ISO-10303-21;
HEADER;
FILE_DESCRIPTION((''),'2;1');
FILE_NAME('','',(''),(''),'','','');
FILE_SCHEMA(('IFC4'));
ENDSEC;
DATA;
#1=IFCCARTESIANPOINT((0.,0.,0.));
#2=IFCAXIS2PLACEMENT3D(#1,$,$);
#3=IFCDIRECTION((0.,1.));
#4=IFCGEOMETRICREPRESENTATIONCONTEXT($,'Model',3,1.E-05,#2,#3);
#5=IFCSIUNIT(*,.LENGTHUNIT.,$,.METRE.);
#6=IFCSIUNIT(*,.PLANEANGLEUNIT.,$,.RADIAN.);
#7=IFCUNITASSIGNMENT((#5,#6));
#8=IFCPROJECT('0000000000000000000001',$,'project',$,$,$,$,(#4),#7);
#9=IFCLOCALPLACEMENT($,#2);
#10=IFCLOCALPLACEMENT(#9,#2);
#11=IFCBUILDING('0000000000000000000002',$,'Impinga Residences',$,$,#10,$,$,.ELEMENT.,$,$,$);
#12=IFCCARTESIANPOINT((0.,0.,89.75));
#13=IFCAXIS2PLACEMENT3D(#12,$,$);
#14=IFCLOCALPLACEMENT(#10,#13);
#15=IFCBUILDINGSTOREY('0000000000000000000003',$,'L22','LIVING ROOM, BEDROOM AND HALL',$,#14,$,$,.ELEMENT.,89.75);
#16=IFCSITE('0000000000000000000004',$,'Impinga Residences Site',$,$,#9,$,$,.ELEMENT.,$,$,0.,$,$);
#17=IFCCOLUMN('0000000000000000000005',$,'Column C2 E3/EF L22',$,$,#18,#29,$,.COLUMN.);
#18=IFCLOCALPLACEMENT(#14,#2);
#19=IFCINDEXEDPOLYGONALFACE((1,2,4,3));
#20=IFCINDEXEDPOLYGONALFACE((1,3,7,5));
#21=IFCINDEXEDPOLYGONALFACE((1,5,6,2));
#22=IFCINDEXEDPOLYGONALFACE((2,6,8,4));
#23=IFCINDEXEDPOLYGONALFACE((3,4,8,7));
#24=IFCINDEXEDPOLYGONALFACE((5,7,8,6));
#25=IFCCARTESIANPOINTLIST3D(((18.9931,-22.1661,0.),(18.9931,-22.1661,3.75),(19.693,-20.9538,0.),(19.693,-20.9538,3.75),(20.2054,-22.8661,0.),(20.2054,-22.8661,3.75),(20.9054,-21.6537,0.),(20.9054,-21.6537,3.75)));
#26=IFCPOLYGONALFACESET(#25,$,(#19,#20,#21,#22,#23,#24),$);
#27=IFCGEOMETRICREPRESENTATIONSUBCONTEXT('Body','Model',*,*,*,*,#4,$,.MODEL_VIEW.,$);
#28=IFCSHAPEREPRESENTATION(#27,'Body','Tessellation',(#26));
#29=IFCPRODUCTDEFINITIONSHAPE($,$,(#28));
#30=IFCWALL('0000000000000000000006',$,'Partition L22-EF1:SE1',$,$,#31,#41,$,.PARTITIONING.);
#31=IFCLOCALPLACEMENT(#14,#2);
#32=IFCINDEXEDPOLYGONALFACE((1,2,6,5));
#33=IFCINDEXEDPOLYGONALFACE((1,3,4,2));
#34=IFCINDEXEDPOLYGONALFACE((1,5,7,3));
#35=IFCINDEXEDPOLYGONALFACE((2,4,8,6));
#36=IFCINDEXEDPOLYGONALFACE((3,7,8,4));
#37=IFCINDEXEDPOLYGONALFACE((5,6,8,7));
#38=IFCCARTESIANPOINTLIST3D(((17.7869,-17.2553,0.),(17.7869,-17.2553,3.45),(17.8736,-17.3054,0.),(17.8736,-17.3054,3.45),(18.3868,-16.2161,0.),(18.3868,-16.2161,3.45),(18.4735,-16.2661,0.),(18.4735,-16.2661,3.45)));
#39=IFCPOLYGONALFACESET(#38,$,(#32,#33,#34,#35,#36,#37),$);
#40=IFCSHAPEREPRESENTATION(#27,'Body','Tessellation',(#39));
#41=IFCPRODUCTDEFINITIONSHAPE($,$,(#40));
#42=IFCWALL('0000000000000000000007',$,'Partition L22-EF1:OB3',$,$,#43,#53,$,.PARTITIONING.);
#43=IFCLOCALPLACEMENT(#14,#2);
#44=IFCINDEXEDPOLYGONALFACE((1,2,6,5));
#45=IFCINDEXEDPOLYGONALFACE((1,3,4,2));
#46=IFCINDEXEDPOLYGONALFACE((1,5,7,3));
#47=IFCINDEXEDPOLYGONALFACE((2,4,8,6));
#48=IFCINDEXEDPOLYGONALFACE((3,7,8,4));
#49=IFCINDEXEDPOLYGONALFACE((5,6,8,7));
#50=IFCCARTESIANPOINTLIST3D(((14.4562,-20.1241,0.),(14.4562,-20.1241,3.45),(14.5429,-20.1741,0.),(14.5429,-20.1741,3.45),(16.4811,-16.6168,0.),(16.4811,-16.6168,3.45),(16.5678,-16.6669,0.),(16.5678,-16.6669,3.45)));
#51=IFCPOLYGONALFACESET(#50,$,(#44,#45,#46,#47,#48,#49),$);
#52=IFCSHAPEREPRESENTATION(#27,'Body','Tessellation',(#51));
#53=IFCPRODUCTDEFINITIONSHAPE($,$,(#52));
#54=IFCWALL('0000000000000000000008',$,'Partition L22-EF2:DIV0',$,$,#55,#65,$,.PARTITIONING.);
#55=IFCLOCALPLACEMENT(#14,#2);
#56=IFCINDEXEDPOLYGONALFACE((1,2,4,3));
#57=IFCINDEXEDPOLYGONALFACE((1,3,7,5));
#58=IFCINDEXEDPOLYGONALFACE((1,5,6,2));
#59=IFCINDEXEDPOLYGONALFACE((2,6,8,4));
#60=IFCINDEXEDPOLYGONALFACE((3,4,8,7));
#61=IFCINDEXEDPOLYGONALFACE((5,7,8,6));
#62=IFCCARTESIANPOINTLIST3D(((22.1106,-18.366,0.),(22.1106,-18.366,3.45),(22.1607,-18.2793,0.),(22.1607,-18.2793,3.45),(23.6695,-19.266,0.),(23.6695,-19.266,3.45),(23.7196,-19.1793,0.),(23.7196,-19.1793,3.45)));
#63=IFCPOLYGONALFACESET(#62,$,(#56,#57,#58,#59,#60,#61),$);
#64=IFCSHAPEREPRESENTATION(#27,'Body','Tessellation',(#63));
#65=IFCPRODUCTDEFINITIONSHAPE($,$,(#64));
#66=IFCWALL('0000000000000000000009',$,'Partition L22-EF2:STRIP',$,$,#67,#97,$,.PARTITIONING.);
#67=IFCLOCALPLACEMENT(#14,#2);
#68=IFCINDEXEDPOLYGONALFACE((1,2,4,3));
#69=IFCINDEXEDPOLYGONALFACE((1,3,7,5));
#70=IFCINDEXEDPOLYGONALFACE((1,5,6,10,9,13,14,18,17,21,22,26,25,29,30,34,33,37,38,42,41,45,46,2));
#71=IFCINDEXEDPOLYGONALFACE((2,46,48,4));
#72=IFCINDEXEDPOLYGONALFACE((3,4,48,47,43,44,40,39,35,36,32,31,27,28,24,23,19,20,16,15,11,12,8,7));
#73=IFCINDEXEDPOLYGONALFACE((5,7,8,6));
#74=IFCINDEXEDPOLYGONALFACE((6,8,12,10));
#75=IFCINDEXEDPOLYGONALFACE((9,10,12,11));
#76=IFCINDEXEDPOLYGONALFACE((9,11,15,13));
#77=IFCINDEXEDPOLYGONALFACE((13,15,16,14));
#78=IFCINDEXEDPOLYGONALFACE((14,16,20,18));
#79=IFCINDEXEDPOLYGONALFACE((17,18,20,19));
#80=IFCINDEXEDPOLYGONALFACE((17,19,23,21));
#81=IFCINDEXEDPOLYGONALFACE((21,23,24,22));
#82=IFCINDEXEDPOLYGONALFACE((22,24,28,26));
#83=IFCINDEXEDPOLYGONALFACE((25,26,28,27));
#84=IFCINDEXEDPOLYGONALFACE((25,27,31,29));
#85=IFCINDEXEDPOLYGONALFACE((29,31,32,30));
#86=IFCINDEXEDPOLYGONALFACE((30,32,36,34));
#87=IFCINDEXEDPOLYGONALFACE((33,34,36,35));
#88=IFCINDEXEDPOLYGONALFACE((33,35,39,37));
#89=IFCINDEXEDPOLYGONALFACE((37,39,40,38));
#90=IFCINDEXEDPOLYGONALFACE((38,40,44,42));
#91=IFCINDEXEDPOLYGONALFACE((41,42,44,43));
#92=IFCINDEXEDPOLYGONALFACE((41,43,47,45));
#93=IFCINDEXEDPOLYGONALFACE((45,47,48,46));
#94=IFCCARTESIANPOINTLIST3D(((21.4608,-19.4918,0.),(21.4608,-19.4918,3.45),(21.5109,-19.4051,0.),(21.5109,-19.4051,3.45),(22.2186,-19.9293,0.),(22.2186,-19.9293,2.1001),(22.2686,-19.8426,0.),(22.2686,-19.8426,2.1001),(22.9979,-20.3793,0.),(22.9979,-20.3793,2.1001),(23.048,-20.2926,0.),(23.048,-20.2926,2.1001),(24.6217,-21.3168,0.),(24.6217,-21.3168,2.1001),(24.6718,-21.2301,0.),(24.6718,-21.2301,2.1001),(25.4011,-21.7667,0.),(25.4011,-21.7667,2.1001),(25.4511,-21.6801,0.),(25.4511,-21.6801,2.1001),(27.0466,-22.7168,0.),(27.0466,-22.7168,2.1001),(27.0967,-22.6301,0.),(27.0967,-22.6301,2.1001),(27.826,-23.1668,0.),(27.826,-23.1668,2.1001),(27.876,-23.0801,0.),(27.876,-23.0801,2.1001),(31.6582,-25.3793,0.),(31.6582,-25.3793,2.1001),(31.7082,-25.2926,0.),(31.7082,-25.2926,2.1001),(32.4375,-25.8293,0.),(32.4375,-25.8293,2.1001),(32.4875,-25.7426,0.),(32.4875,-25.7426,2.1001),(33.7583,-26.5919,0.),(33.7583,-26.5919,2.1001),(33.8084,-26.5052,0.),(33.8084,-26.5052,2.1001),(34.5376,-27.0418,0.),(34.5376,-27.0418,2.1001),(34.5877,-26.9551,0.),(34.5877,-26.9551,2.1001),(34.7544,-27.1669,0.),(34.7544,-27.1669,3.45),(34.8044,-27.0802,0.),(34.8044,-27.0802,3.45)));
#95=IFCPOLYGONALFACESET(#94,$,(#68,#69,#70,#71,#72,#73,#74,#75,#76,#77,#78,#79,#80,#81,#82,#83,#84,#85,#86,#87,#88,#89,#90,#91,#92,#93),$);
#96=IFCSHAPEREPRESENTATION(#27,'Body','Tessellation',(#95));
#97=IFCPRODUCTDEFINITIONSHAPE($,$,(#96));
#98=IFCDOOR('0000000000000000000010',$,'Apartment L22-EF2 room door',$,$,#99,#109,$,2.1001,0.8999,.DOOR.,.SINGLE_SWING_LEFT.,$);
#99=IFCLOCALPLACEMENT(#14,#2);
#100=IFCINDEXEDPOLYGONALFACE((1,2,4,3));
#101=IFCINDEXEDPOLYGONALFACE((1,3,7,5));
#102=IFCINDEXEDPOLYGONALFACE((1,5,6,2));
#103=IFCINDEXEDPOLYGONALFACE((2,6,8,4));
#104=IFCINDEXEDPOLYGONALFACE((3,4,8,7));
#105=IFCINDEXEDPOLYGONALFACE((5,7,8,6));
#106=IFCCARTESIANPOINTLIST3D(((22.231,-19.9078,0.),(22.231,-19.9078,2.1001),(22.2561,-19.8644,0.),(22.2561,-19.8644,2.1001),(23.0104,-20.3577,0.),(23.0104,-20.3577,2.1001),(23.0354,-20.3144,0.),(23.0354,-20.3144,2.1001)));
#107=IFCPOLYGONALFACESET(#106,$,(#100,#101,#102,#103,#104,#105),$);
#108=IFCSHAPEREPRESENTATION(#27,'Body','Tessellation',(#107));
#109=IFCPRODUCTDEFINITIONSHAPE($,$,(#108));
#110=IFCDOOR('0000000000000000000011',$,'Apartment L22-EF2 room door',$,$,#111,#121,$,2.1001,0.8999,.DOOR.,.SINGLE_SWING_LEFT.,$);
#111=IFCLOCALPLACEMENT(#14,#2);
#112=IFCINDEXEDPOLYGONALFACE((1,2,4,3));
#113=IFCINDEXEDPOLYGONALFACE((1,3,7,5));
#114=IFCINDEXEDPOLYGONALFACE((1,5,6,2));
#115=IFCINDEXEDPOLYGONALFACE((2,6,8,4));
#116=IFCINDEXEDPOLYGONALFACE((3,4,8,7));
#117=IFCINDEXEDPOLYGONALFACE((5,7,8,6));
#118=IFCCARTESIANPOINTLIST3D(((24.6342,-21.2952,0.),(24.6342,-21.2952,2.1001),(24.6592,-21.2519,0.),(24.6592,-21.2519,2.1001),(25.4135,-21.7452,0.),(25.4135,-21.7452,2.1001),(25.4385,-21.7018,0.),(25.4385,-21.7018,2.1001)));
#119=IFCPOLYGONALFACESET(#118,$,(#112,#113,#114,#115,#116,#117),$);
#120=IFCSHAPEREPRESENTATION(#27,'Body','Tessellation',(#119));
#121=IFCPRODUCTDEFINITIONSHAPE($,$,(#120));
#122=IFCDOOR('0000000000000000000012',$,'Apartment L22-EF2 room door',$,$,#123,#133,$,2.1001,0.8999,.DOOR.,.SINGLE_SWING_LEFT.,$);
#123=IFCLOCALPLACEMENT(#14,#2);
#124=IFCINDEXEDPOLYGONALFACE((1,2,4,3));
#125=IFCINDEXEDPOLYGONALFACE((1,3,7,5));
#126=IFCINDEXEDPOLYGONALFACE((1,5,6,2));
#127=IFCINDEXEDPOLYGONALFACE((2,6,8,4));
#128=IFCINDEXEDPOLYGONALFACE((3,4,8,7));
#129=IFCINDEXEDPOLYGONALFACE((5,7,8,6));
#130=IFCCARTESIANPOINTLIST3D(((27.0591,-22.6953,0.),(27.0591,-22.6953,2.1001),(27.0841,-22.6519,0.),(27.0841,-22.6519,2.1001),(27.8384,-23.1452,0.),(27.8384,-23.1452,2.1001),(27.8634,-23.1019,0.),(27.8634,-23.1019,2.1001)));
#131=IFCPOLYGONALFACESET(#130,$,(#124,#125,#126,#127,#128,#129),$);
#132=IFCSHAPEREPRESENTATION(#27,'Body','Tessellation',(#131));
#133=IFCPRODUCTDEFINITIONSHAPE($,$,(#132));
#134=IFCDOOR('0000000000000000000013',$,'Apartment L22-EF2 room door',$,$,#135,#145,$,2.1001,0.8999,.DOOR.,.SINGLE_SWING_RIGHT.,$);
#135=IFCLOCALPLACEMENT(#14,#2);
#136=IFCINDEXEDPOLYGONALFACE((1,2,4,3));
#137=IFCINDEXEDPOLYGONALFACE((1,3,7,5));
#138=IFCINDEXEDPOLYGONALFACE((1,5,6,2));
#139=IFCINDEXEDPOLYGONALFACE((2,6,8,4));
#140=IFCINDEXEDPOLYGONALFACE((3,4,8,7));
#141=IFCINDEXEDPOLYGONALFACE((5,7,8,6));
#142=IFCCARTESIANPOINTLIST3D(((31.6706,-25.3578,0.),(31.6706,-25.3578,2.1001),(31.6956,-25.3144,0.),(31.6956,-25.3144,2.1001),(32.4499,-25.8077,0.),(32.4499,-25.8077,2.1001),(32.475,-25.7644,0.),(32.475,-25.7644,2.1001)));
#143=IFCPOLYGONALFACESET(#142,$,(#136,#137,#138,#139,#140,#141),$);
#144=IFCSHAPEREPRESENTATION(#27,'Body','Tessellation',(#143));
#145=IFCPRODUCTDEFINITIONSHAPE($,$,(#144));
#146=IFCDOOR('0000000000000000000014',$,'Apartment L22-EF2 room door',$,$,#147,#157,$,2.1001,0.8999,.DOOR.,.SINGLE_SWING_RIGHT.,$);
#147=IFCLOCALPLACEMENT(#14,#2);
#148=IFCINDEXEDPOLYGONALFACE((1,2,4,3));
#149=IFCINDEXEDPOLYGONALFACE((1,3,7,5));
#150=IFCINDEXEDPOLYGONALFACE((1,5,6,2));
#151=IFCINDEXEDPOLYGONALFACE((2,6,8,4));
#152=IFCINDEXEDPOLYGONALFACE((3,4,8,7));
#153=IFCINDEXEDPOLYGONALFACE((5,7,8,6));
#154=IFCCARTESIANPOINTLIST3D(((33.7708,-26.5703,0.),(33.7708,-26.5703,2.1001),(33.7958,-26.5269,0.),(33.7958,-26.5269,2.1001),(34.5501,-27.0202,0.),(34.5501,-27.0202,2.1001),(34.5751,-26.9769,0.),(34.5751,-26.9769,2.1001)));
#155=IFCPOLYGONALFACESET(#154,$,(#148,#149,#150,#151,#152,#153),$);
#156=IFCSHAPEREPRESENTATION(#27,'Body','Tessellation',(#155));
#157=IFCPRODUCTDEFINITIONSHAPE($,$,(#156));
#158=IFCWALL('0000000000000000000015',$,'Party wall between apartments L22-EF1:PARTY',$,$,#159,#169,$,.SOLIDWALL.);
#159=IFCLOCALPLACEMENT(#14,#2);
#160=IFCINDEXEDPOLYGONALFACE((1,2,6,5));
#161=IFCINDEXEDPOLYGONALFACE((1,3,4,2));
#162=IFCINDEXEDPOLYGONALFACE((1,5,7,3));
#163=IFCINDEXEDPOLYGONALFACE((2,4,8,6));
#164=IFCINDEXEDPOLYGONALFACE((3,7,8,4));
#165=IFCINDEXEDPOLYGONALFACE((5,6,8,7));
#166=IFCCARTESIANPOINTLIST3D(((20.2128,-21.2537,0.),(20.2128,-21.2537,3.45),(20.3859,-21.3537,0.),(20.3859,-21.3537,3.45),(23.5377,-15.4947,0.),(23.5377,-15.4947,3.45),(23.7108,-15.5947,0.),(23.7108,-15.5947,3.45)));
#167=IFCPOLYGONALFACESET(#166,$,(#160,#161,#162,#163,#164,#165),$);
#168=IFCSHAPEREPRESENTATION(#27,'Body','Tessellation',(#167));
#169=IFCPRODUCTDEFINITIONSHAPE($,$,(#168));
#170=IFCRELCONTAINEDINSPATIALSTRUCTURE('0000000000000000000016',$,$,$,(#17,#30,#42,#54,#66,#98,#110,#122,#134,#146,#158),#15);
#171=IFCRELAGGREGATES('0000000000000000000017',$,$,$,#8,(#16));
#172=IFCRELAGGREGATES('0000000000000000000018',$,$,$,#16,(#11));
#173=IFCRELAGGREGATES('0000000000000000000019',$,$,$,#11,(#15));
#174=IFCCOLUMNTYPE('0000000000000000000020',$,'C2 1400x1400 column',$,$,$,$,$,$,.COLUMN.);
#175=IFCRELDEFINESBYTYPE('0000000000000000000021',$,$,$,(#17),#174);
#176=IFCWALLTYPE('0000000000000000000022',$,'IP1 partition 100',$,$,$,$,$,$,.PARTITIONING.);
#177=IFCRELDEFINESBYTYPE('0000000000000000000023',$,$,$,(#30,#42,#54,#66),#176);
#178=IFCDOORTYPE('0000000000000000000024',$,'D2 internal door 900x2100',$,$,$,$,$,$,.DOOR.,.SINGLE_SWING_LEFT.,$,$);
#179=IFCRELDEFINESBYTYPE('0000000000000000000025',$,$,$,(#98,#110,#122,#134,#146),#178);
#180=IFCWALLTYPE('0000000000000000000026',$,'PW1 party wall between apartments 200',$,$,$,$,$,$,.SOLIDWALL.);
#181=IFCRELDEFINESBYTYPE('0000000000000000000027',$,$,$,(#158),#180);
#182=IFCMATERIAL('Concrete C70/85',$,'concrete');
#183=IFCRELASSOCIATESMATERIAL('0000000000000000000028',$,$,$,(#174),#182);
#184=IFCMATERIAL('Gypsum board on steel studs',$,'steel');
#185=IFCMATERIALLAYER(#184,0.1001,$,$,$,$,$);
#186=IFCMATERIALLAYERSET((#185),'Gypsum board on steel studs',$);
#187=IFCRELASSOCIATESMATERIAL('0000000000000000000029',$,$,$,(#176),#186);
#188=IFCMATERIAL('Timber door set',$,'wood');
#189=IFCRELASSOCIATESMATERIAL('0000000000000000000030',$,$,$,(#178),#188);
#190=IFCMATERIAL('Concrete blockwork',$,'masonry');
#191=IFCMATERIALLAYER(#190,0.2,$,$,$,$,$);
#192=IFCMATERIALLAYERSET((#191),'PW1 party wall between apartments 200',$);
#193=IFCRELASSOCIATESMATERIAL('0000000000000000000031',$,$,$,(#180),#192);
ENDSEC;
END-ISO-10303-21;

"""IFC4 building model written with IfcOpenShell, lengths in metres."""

from ifc_helpers import new_model, si_unit, direction, frame, frame_2d, origin, origin_2d, place, context, subcontext, project, spatial, rectangle, extrude, material, layer, layer_set, material_profile, profile_set, type_object, element, fill, save


model = new_model("IFC4")

# Units and contexts
model_context = context("Model", 3, precision=1e-05, world=origin(), true_north=direction((0.0, 1.0)))
body_context = subcontext(model_context, "Body", "Model", "MODEL_VIEW")
ifc_project = project(units=[si_unit("LENGTHUNIT", "METRE"), si_unit("PLANEANGLEUNIT", "RADIAN")], contexts=[model_context])

# Site, building, storey
site_placement = place(None, origin())
site = spatial("IfcSite", under=ifc_project, at=site_placement, Name="Impinga Residences Site", CompositionType="ELEMENT", RefElevation=0.0)
building_placement = place(site_placement, origin())
building = spatial("IfcBuilding", under=site, at=building_placement, Name="Impinga Residences", CompositionType="ELEMENT")
storey_placement = place(building_placement, frame((0.0, 0.0, 89.75)))
storey = spatial("IfcBuildingStorey", under=building, at=storey_placement, Name="L22", Description="LIVING ROOM, BEDROOM AND HALL", CompositionType="ELEMENT", Elevation=89.75)

# Column
ifc_material_1 = material(Name="Concrete C70/85", Category="concrete")
ifc_material_profile = material_profile(ifc_material_1, rectangle(XDim=1.3999, YDim=1.3999, at=origin_2d()), Name="RC 1400x1400")
ifc_profile_set = profile_set([ifc_material_profile], Name="Concrete C70/85")
column_type = type_object("IfcColumnType", Name="C2 1400x1400 column", PredefinedType="COLUMN", material=ifc_profile_set)
column_placement = place(storey_placement, frame((19.9492, -21.9099, 0.0), z_axis=(0.0, 0.0, 1.0), x_axis=(-0.5, -0.866025, 0.0)))
element("IfcColumn", 1, at=column_placement, inside=storey, type_object=column_type, Name="Column C2 E3/EF L22", PredefinedType="COLUMN", context=body_context, shape_type="SweptSolid", body=[
    extrude(rectangle(XDim=1.3999, YDim=1.3999, at=origin_2d()), origin(), (0.0, 0.0, 1.0), 3.75),
])

# Walls
ifc_material_2 = material(Name="Gypsum board on steel studs", Category="steel")
ifc_layer_1 = layer(ifc_material_2, 0.1001)
ifc_layer_set_1 = layer_set([ifc_layer_1], Name="Gypsum board on steel studs")
wall_type_1 = type_object("IfcWallType", Name="IP1 partition 100", PredefinedType="PARTITIONING", material=ifc_layer_set_1)
wall_1_placement = place(storey_placement, frame((18.4302, -16.241, 0.0), z_axis=(0.0, 0.0, 1.0), x_axis=(-0.499881, -0.866094, 0.0)))
element("IfcWall", 2, at=wall_1_placement, inside=storey, type_object=wall_type_1, Name="Partition L22-EF1:SE1", PredefinedType="PARTITIONING", context=body_context, shape_type="SweptSolid", body=[
    extrude(rectangle(XDim=1.2, YDim=0.1001, at=frame_2d((0.6001, 0.0))), origin(), (0.0, 0.0, 1.0), 3.45),
])
wall_2_placement = place(storey_placement, frame((16.5244, -16.6418, 0.0), z_axis=(0.0, 0.0, 1.0), x_axis=(-0.49999, -0.866031, 0.0)))
element("IfcWall", 3, at=wall_2_placement, inside=storey, type_object=wall_type_1, Name="Partition L22-EF1:OB3", PredefinedType="PARTITIONING", context=body_context, shape_type="SweptSolid", body=[
    extrude(rectangle(XDim=4.0498, YDim=0.1001, at=frame_2d((2.0249, 0.0))), origin(), (0.0, 0.0, 1.0), 3.45),
])
wall_3_placement = place(storey_placement, frame((22.1357, -18.3228, 0.0), z_axis=(0.0, 0.0, 1.0), x_axis=(0.866048, -0.499961, 0.0)))
element("IfcWall", 4, at=wall_3_placement, inside=storey, type_object=wall_type_1, Name="Partition L22-EF2:DIV0", PredefinedType="PARTITIONING", context=body_context, shape_type="SweptSolid", body=[
    extrude(rectangle(XDim=1.8, YDim=0.1001, at=frame_2d((0.8999, 0.0))), origin(), (0.0, 0.0, 1.0), 3.45),
])

# Wall, openings, doors
wall_4_placement = place(storey_placement, frame((21.4858, -19.4485, 0.0), z_axis=(0.0, 0.0, 1.0), x_axis=(0.866023, -0.500003, 0.0)))
wall_4 = element("IfcWall", 5, at=wall_4_placement, inside=storey, type_object=wall_type_1, Name="Partition L22-EF2:STRIP", PredefinedType="PARTITIONING", context=body_context, shape_type="SweptSolid", body=[
    extrude(rectangle(XDim=15.3501, YDim=0.1001, at=frame_2d((7.675, 0.0))), origin(), (0.0, 0.0, 1.0), 3.45),
])
opening_1_placement = place(wall_4_placement, frame((0.875, 0.0, 0.0)))
opening_1 = element("IfcOpeningElement", 6, at=opening_1_placement, cuts=wall_4, PredefinedType="OPENING", context=body_context, shape_type="SweptSolid", body=[
    extrude(rectangle(XDim=0.8999, YDim=2.1001, at=frame_2d((0.45, 1.05))), frame((0.0, 0.0601, 0.0), z_axis=(0.0, -1.0, 0.0), x_axis=(1.0, 0.0, 0.0)), (0.0, 0.0, 1.0), 0.1201),
])
opening_2_placement = place(wall_4_placement, frame((3.6499, 0.0, 0.0)))
opening_2 = element("IfcOpeningElement", 7, at=opening_2_placement, cuts=wall_4, PredefinedType="OPENING", context=body_context, shape_type="SweptSolid", body=[
    extrude(rectangle(XDim=0.8999, YDim=2.1001, at=frame_2d((0.45, 1.05))), frame((0.0, 0.0601, 0.0), z_axis=(0.0, -1.0, 0.0), x_axis=(1.0, 0.0, 0.0)), (0.0, 0.0, 1.0), 0.1201),
])
opening_3_placement = place(wall_4_placement, frame((6.45, 0.0, 0.0)))
opening_3 = element("IfcOpeningElement", 8, at=opening_3_placement, cuts=wall_4, PredefinedType="OPENING", context=body_context, shape_type="SweptSolid", body=[
    extrude(rectangle(XDim=0.8999, YDim=2.1001, at=frame_2d((0.45, 1.05))), frame((0.0, 0.0601, 0.0), z_axis=(0.0, -1.0, 0.0), x_axis=(1.0, 0.0, 0.0)), (0.0, 0.0, 1.0), 0.1201),
])
opening_4_placement = place(wall_4_placement, frame((11.7749, 0.0, 0.0)))
opening_4 = element("IfcOpeningElement", 9, at=opening_4_placement, cuts=wall_4, PredefinedType="OPENING", context=body_context, shape_type="SweptSolid", body=[
    extrude(rectangle(XDim=0.8999, YDim=2.1001, at=frame_2d((0.45, 1.05))), frame((0.0, 0.0601, 0.0), z_axis=(0.0, -1.0, 0.0), x_axis=(1.0, 0.0, 0.0)), (0.0, 0.0, 1.0), 0.1201),
])
opening_5_placement = place(wall_4_placement, frame((14.2, 0.0, 0.0)))
opening_5 = element("IfcOpeningElement", 10, at=opening_5_placement, cuts=wall_4, PredefinedType="OPENING", context=body_context, shape_type="SweptSolid", body=[
    extrude(rectangle(XDim=0.8999, YDim=2.1001, at=frame_2d((0.45, 1.05))), frame((0.0, 0.0601, 0.0), z_axis=(0.0, -1.0, 0.0), x_axis=(1.0, 0.0, 0.0)), (0.0, 0.0, 1.0), 0.1201),
])
ifc_material_3 = material(Name="Timber door set", Category="wood")
door_type = type_object("IfcDoorType", Name="D2 internal door 900x2100", OperationType="SINGLE_SWING_LEFT", PredefinedType="DOOR", material=ifc_material_3)
door_1_placement = place(opening_1_placement, origin())
door_1 = element("IfcDoor", 11, at=door_1_placement, inside=storey, type_object=door_type, Name="Apartment L22-EF2 room door", OperationType="SINGLE_SWING_LEFT", OverallHeight=2.1001, OverallWidth=0.8999, PredefinedType="DOOR", context=body_context, shape_type="SweptSolid", body=[
    extrude(rectangle(XDim=0.8999, YDim=2.1001, at=frame_2d((0.45, 1.05))), frame((0.0, 0.0249, 0.0), z_axis=(0.0, -1.0, 0.0), x_axis=(1.0, 0.0, 0.0)), (0.0, 0.0, 1.0), 0.05),
])
fill(opening_1, door_1)
door_2_placement = place(opening_2_placement, origin())
door_2 = element("IfcDoor", 12, at=door_2_placement, inside=storey, type_object=door_type, Name="Apartment L22-EF2 room door", OperationType="SINGLE_SWING_LEFT", OverallHeight=2.1001, OverallWidth=0.8999, PredefinedType="DOOR", context=body_context, shape_type="SweptSolid", body=[
    extrude(rectangle(XDim=0.8999, YDim=2.1001, at=frame_2d((0.45, 1.05))), frame((0.0, 0.0249, 0.0), z_axis=(0.0, -1.0, 0.0), x_axis=(1.0, 0.0, 0.0)), (0.0, 0.0, 1.0), 0.05),
])
fill(opening_2, door_2)
door_3_placement = place(opening_3_placement, origin())
door_3 = element("IfcDoor", 13, at=door_3_placement, inside=storey, type_object=door_type, Name="Apartment L22-EF2 room door", OperationType="SINGLE_SWING_LEFT", OverallHeight=2.1001, OverallWidth=0.8999, PredefinedType="DOOR", context=body_context, shape_type="SweptSolid", body=[
    extrude(rectangle(XDim=0.8999, YDim=2.1001, at=frame_2d((0.45, 1.05))), frame((0.0, 0.0249, 0.0), z_axis=(0.0, -1.0, 0.0), x_axis=(1.0, 0.0, 0.0)), (0.0, 0.0, 1.0), 0.05),
])
fill(opening_3, door_3)
door_4_placement = place(opening_4_placement, origin())
door_4 = element("IfcDoor", 14, at=door_4_placement, inside=storey, type_object=door_type, Name="Apartment L22-EF2 room door", OperationType="SINGLE_SWING_RIGHT", OverallHeight=2.1001, OverallWidth=0.8999, PredefinedType="DOOR", context=body_context, shape_type="SweptSolid", body=[
    extrude(rectangle(XDim=0.8999, YDim=2.1001, at=frame_2d((0.45, 1.05))), frame((0.0, 0.0249, 0.0), z_axis=(0.0, -1.0, 0.0), x_axis=(1.0, 0.0, 0.0)), (0.0, 0.0, 1.0), 0.05),
])
fill(opening_4, door_4)
door_5_placement = place(opening_5_placement, origin())
door_5 = element("IfcDoor", 15, at=door_5_placement, inside=storey, type_object=door_type, Name="Apartment L22-EF2 room door", OperationType="SINGLE_SWING_RIGHT", OverallHeight=2.1001, OverallWidth=0.8999, PredefinedType="DOOR", context=body_context, shape_type="SweptSolid", body=[
    extrude(rectangle(XDim=0.8999, YDim=2.1001, at=frame_2d((0.45, 1.05))), frame((0.0, 0.0249, 0.0), z_axis=(0.0, -1.0, 0.0), x_axis=(1.0, 0.0, 0.0)), (0.0, 0.0, 1.0), 0.05),
])
fill(opening_5, door_5)

# Wall
ifc_material_4 = material(Name="Concrete blockwork", Category="masonry")
ifc_layer_2 = layer(ifc_material_4, 0.2)
ifc_layer_set_2 = layer_set([ifc_layer_2], Name="PW1 party wall between apartments 200")
wall_type_2 = type_object("IfcWallType", Name="PW1 party wall between apartments 200", PredefinedType="SOLIDWALL", material=ifc_layer_set_2)
wall_5_placement = place(storey_placement, frame((23.6243, -15.5447, 0.0), z_axis=(0.0, 0.0, 1.0), x_axis=(-0.499997, -0.866027, 0.0)))
element("IfcWall", 16, at=wall_5_placement, inside=storey, type_object=wall_type_2, Name="Party wall between apartments L22-EF1:PARTY", PredefinedType="SOLIDWALL", context=body_context, shape_type="SweptSolid", body=[
    extrude(rectangle(XDim=6.6499, YDim=0.2, at=frame_2d((3.325, 0.0))), origin(), (0.0, 0.0, 1.0), 3.45),
])

save(model, "model.ifc")
